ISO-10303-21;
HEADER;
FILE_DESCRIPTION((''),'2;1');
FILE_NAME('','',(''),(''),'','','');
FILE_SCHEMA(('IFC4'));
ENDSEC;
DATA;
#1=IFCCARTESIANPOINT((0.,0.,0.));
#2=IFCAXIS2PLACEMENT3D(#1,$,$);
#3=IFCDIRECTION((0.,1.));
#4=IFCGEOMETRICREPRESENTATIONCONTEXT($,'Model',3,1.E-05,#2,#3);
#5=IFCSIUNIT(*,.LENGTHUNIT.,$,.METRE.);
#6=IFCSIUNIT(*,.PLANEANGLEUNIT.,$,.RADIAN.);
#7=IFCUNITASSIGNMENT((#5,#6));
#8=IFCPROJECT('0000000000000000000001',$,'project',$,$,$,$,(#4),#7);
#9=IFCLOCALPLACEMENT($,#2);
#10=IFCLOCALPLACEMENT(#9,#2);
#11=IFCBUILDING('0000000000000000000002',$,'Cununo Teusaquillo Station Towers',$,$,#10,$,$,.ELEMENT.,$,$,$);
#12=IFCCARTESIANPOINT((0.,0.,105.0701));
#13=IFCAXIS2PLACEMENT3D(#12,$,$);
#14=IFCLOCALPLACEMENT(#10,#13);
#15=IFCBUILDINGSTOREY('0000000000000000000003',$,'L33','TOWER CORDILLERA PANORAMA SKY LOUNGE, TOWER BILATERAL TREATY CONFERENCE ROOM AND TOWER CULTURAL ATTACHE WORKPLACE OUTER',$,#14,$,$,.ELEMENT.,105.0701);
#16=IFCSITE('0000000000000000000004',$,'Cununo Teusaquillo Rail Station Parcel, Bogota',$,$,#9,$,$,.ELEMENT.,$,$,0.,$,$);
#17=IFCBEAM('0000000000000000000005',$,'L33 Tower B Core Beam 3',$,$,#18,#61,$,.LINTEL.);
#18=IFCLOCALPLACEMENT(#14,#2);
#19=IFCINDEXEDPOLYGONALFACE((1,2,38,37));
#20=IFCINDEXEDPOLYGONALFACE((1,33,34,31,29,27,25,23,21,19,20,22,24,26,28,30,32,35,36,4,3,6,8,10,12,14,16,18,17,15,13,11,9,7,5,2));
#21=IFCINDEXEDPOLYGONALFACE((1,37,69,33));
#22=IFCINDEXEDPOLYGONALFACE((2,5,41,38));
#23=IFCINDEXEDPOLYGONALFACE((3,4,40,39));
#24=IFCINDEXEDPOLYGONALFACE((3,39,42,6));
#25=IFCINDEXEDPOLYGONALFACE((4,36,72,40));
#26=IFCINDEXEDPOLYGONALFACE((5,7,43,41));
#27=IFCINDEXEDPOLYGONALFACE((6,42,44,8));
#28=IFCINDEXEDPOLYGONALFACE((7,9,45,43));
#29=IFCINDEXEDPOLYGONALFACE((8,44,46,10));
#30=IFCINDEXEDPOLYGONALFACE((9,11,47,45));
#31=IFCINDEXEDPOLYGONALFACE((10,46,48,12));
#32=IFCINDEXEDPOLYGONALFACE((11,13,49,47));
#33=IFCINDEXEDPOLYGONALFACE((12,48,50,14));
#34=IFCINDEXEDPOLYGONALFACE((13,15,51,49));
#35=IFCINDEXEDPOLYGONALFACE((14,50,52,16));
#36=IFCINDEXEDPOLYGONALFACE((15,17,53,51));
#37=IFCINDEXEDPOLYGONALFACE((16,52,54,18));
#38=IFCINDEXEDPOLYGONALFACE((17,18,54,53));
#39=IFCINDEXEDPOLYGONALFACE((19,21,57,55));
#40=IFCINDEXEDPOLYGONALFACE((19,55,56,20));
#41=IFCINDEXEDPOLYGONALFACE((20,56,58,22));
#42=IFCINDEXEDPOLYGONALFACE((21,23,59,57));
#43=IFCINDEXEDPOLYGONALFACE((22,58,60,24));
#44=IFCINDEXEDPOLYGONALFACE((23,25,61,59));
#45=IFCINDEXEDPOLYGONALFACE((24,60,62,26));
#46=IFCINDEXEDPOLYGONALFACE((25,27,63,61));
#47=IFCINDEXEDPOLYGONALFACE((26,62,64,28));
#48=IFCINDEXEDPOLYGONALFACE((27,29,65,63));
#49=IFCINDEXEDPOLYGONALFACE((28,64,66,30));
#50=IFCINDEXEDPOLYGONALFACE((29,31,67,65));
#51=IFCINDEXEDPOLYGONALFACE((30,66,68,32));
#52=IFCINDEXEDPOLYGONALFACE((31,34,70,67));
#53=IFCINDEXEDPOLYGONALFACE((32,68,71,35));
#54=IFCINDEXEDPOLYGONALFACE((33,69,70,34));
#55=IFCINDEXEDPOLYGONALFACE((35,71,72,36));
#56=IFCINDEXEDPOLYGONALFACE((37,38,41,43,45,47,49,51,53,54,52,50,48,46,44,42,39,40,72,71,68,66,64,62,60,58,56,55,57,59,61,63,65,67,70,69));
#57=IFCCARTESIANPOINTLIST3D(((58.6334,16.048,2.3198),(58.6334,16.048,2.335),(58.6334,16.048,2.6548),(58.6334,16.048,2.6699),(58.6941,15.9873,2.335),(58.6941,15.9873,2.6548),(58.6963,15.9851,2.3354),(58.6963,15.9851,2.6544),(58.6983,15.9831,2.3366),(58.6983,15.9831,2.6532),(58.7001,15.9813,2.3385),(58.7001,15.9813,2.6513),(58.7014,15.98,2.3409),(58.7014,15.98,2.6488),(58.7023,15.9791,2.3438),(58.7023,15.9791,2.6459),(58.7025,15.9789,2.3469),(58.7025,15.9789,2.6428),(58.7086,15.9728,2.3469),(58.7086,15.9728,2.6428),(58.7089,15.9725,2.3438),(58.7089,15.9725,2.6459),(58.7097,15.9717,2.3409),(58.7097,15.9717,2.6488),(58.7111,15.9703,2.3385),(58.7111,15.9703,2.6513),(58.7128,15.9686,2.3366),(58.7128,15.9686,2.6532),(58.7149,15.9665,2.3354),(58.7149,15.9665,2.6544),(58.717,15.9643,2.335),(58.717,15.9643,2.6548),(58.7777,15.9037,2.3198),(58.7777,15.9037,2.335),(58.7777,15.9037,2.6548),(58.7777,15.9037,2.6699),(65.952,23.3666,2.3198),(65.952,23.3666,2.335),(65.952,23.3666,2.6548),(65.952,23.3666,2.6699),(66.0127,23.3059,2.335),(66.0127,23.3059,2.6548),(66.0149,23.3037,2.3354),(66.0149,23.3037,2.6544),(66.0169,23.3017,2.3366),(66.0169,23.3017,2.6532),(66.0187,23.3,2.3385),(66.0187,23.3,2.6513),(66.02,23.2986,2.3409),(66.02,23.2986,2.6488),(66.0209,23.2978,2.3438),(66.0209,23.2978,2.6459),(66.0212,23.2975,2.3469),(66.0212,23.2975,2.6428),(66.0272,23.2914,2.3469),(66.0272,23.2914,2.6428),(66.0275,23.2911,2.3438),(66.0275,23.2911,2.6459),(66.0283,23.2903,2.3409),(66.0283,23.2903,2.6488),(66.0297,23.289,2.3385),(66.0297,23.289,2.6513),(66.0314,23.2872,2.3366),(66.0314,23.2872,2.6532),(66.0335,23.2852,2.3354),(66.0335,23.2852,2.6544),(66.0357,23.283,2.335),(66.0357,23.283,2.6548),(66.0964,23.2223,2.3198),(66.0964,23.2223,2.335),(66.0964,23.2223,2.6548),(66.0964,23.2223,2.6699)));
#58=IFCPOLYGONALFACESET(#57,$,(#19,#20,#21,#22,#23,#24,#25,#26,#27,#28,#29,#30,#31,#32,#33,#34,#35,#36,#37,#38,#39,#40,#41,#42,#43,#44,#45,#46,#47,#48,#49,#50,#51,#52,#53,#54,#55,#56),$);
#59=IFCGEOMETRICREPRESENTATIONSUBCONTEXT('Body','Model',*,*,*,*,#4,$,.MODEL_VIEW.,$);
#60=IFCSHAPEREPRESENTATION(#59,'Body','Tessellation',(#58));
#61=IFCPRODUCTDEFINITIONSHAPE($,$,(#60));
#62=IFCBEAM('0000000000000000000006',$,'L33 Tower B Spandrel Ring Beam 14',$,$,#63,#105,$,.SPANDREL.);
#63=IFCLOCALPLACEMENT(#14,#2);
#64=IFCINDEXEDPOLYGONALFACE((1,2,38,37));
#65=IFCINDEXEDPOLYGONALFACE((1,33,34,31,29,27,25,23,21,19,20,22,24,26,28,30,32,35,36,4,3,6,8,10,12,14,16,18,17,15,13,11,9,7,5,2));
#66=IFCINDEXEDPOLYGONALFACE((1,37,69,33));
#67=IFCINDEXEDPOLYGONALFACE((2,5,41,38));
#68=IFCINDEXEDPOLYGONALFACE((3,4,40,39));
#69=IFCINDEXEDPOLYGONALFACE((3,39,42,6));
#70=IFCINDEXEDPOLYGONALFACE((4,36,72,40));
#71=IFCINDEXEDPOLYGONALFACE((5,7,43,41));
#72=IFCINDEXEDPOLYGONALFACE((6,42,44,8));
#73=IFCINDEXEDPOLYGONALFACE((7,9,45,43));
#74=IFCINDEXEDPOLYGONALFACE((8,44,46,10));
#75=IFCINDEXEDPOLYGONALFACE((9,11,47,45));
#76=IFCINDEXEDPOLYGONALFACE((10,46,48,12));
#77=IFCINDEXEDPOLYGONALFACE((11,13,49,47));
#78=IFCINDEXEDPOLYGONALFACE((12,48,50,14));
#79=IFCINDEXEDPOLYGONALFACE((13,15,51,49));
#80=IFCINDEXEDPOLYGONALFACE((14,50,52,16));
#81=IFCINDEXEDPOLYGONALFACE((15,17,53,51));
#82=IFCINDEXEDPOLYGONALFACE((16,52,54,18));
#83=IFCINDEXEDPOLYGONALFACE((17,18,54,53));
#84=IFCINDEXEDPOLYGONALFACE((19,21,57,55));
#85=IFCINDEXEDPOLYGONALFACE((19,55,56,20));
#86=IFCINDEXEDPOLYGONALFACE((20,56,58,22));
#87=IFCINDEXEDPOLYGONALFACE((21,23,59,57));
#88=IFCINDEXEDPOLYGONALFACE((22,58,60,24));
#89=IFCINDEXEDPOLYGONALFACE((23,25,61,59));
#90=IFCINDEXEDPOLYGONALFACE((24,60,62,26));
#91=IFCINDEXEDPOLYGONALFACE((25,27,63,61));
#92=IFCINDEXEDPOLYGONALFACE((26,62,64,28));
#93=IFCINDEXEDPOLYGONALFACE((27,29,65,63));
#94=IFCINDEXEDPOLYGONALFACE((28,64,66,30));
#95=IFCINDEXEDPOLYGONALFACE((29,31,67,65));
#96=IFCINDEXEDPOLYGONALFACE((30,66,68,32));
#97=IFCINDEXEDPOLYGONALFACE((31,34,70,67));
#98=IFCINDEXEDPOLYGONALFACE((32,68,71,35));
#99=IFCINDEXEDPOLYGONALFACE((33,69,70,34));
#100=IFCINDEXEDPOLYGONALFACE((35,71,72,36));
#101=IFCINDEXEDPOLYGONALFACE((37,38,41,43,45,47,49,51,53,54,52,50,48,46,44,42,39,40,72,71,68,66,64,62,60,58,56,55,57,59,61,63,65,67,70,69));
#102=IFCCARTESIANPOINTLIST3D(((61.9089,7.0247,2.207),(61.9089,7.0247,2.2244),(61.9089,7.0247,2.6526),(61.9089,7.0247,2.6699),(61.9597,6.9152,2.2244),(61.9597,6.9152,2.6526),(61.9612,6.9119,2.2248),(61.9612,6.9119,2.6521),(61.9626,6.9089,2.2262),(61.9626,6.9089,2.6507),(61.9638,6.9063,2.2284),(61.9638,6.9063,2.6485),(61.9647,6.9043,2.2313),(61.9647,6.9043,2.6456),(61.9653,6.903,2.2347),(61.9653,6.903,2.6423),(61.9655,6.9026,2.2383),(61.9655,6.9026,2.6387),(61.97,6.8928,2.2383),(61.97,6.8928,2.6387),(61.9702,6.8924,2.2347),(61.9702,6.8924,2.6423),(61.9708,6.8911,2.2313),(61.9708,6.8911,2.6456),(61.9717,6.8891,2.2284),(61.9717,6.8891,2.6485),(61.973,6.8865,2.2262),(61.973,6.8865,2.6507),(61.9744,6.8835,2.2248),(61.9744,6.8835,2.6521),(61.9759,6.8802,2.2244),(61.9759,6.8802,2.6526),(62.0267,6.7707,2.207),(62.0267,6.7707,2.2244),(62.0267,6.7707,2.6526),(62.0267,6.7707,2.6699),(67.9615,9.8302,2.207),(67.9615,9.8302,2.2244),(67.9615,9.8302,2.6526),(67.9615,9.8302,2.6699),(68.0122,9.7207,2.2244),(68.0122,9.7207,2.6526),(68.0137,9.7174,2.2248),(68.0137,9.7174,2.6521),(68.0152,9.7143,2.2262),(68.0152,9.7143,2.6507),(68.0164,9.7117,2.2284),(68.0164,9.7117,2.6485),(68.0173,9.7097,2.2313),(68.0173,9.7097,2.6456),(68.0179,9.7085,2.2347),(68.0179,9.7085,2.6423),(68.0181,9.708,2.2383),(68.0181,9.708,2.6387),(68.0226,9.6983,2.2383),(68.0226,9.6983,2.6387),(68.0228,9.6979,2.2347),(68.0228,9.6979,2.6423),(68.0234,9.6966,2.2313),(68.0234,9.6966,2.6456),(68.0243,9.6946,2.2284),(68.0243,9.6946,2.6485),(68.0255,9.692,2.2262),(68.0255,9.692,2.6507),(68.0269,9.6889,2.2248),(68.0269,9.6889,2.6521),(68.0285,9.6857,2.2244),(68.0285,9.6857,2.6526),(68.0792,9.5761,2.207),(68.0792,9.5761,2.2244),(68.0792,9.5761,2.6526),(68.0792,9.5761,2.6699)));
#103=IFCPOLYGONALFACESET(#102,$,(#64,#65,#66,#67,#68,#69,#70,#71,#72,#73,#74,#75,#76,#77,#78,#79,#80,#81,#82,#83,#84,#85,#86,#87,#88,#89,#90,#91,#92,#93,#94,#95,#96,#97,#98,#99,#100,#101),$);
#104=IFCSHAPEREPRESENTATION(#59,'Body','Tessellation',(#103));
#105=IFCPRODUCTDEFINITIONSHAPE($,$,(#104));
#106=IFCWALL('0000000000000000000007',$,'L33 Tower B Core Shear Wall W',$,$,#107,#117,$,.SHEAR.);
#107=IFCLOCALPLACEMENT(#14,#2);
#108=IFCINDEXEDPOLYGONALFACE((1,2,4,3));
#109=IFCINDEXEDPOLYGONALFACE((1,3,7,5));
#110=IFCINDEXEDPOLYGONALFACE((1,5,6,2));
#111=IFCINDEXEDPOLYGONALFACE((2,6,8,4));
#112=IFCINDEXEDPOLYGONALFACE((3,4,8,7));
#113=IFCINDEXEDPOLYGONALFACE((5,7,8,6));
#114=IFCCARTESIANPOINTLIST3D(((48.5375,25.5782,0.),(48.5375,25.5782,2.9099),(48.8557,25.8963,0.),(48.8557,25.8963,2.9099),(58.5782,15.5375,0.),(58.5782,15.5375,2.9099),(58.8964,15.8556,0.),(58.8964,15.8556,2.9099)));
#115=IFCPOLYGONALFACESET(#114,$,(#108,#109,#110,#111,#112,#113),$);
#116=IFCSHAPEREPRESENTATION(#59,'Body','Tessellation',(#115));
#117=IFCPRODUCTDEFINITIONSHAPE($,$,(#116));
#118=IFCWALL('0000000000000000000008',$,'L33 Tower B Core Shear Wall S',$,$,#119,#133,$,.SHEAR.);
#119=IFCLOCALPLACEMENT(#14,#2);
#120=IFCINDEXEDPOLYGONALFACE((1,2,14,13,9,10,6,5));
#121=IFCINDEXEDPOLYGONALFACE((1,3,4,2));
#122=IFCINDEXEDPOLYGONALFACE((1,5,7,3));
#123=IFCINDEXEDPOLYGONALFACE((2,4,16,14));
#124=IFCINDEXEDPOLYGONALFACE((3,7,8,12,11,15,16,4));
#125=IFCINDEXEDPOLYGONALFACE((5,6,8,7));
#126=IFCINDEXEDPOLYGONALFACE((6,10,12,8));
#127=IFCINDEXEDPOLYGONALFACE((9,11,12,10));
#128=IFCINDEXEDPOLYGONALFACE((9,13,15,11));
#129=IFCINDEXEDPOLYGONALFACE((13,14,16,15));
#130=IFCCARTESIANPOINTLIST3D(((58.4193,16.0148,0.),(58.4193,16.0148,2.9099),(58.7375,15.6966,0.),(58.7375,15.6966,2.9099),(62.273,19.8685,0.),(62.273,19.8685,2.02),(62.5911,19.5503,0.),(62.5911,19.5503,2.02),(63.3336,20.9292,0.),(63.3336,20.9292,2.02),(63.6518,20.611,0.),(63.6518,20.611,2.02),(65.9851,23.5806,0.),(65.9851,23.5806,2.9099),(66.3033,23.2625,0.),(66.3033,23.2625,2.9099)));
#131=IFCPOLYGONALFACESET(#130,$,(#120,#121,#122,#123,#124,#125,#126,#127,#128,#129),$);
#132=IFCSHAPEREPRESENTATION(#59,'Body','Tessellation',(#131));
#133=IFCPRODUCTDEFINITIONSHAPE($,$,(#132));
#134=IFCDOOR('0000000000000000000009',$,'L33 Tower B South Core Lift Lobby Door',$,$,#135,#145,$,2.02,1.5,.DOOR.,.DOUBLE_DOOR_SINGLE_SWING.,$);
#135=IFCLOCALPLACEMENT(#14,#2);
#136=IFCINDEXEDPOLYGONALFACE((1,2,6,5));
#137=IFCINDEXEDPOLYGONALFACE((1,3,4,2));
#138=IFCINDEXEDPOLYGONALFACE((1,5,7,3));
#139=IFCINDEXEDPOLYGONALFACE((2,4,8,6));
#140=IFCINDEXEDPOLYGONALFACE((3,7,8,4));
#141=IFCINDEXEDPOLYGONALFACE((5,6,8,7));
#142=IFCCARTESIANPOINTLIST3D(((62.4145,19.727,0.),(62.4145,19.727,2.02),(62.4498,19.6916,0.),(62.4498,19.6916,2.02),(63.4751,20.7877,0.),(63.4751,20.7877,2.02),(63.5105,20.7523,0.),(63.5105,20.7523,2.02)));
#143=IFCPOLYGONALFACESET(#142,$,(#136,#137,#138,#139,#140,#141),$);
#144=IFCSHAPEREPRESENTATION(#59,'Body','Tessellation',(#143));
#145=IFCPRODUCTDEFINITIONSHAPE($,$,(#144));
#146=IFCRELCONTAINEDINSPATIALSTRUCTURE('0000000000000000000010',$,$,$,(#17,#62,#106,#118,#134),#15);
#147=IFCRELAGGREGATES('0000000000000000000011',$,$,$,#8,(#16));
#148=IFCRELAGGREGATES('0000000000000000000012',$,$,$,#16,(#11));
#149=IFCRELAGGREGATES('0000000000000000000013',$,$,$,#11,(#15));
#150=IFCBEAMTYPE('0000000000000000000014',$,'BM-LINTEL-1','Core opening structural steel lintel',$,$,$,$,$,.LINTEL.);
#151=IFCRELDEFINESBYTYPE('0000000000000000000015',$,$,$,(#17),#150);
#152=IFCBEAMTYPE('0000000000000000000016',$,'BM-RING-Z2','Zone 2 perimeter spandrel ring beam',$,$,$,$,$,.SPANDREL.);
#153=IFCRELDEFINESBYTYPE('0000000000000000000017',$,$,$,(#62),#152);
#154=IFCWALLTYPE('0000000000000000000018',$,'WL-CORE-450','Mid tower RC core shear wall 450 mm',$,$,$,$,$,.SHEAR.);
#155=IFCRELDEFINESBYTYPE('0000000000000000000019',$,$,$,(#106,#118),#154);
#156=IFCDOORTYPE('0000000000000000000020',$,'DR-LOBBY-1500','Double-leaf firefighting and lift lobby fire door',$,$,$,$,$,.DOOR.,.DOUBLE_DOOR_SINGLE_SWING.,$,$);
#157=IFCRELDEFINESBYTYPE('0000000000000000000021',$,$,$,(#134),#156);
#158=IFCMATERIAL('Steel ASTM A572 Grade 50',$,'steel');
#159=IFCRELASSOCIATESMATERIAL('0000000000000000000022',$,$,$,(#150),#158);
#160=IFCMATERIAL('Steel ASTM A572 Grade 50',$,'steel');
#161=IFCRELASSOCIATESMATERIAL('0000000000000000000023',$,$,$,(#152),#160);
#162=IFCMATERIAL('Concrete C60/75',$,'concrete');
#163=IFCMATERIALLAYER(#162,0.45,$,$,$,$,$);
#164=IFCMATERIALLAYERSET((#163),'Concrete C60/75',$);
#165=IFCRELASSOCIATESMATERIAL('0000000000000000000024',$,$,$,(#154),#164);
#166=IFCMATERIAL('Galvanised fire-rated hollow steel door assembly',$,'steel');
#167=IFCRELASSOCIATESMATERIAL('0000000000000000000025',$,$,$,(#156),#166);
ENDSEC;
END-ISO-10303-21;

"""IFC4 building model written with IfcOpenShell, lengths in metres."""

from ifc_helpers import new_model, si_unit, direction, frame, frame_2d, origin, origin_2d, place, context, subcontext, project, spatial, rectangle, i_section, extrude, source, transform, mapped, material, layer, layer_set, material_profile, profile_set, type_object, element, fill, save


model = new_model("IFC4")

# Units and contexts
model_context = context("Model", 3, precision=1e-05, world=origin(), true_north=direction((0.0, 1.0)))
body_context = subcontext(model_context, "Body", "Model", "MODEL_VIEW")
ifc_project = project(units=[si_unit("LENGTHUNIT", "METRE"), si_unit("PLANEANGLEUNIT", "RADIAN")], contexts=[model_context])

# Site, building, storey
site_placement = place(None, origin())
site = spatial("IfcSite", under=ifc_project, at=site_placement, Name="Cununo Teusaquillo Rail Station Parcel, Bogota", CompositionType="ELEMENT", RefElevation=0.0)
building_placement = place(site_placement, origin())
building = spatial("IfcBuilding", under=site, at=building_placement, Name="Cununo Teusaquillo Station Towers", CompositionType="ELEMENT")
storey_placement = place(building_placement, frame((0.0, 0.0, 105.0701)))
storey = spatial("IfcBuildingStorey", under=building, at=storey_placement, Name="L33", Description="TOWER CORDILLERA PANORAMA SKY LOUNGE, TOWER BILATERAL TREATY CONFERENCE ROOM AND TOWER CULTURAL ATTACHE WORKPLACE OUTER", CompositionType="ELEMENT", Elevation=105.0701)

# Beams
ifc_material_1 = material(Name="Steel ASTM A572 Grade 50", Category="steel")
ifc_material_profile_1 = material_profile(ifc_material_1, i_section(OverallWidth=0.2041, OverallDepth=0.3501, WebThickness=0.0085, FlangeThickness=0.0151, FilletRadius=0.012, at=origin_2d()), Name="W14X48")
ifc_profile_set_1 = profile_set([ifc_material_profile_1], Name="Steel ASTM A572 Grade 50")
beam_type_1 = type_object("IfcBeamType", Name="BM-LINTEL-1", Description="Core opening structural steel lintel", PredefinedType="LINTEL", material=ifc_profile_set_1)
beam_1_placement = place(storey_placement, frame((58.7056, 15.9758, 2.4949), z_axis=(0.707107, 0.707107, 0.0), x_axis=(-0.707107, 0.707107, 0.0)))
element("IfcBeam", 1, at=beam_1_placement, inside=storey, type_object=beam_type_1, Name="L33 Tower B Core Beam 3", PredefinedType="LINTEL", context=body_context, shape_type="SweptSolid", body=[
    extrude(i_section(OverallWidth=0.2041, OverallDepth=0.3501, WebThickness=0.0085, FlangeThickness=0.0151, FilletRadius=0.012, at=origin_2d()), origin(), (0.0, 0.0, 1.0), 10.3501),
])
ifc_material_2 = material(Name="Steel ASTM A572 Grade 50", Category="steel")
ifc_material_profile_2 = material_profile(ifc_material_2, i_section(OverallWidth=0.28, OverallDepth=0.4629, WebThickness=0.0107, FlangeThickness=0.0173, FilletRadius=0.0139, at=origin_2d()), Name="W18X76")
ifc_profile_set_2 = profile_set([ifc_material_profile_2], Name="Steel ASTM A572 Grade 50")
beam_type_2 = type_object("IfcBeamType", Name="BM-RING-Z2", Description="Zone 2 perimeter spandrel ring beam", PredefinedType="SPANDREL", material=ifc_profile_set_2)
beam_2_placement = place(storey_placement, frame((61.9678, 6.8977, 2.4385), z_axis=(0.907276, 0.420536, 0.0), x_axis=(-0.420536, 0.907276, 0.0)))
element("IfcBeam", 2, at=beam_2_placement, inside=storey, type_object=beam_type_2, Name="L33 Tower B Spandrel Ring Beam 14", PredefinedType="SPANDREL", context=body_context, shape_type="SweptSolid", body=[
    extrude(i_section(OverallWidth=0.28, OverallDepth=0.4629, WebThickness=0.0107, FlangeThickness=0.0173, FilletRadius=0.0139, at=origin_2d()), origin(), (0.0, 0.0, 1.0), 6.6711),
])

# Wall
ifc_material_3 = material(Name="Concrete C60/75", Category="concrete")
ifc_layer_1 = layer(ifc_material_3, 0.45)
ifc_layer_set_1 = layer_set([ifc_layer_1], Name="Concrete C60/75")
wall_type_1 = type_object("IfcWallType", Name="WL-CORE-450", Description="Mid tower RC core shear wall 450 mm", PredefinedType="SHEAR", material=ifc_layer_set_1)
wall_1_placement = place(storey_placement, frame((58.7373, 15.6965, 0.0), z_axis=(0.0, 0.0, 1.0), x_axis=(-0.707107, 0.707107, 0.0)))
element("IfcWall", 3, at=wall_1_placement, inside=storey, type_object=wall_type_1, Name="L33 Tower B Core Shear Wall W", PredefinedType="SHEAR", context=body_context, shape_type="SweptSolid", body=[
    extrude(rectangle(XDim=14.1997, YDim=0.45, at=frame_2d((7.0999, 0.0))), origin(), (0.0, 0.0, 1.0), 2.9099),
])

# Wall, opening, door
wall_2_placement = place(storey_placement, frame((58.5784, 15.8557, 0.0), z_axis=(0.0, 0.0, 1.0), x_axis=(0.707107, 0.707107, 0.0)))
wall_2 = element("IfcWall", 4, at=wall_2_placement, inside=storey, type_object=wall_type_1, Name="L33 Tower B Core Shear Wall S", PredefinedType="SHEAR", context=body_context, shape_type="SweptSolid", body=[
    extrude(rectangle(XDim=10.6997, YDim=0.45, at=frame_2d((5.3499, 0.0))), origin(), (0.0, 0.0, 1.0), 2.9099),
])
shared_shape_1 = source(origin(), body_context, "Body", "SweptSolid", [
    extrude(rectangle(XDim=1.5, YDim=2.02, at=frame_2d((0.75, 1.01))), frame((0.0, 0.2349, 0.0), z_axis=(0.0, -1.0, 0.0), x_axis=(1.0, 0.0, 0.0)), (0.0, 0.0, 1.0), 0.47),
])
opening_1_placement = place(wall_2_placement, frame((5.45, 0.0, 0.0)))
opening_1 = element("IfcOpeningElement", 5, at=opening_1_placement, cuts=wall_2, PredefinedType="OPENING", context=body_context, shape_type="MappedRepresentation", body=[
    mapped(shared_shape_1, transform((0.0, 0.0, 0.0), x_axis=(1.0, 0.0, 0.0), y_axis=(0.0, 1.0, 0.0), z_axis=(0.0, 0.0, 1.0), scale=1.0)),
])
ifc_material_4 = material(Name="Galvanised fire-rated hollow steel door assembly", Category="steel")
door_type = type_object("IfcDoorType", Name="DR-LOBBY-1500", Description="Double-leaf firefighting and lift lobby fire door", OperationType="DOUBLE_DOOR_SINGLE_SWING", PredefinedType="DOOR", material=ifc_material_4)
shared_shape_2 = source(origin(), body_context, "Body", "SweptSolid", [
    extrude(rectangle(XDim=1.5, YDim=2.02, at=frame_2d((0.75, 1.01))), frame((0.0, 0.0249, 0.0), z_axis=(0.0, -1.0, 0.0), x_axis=(1.0, 0.0, 0.0)), (0.0, 0.0, 1.0), 0.05),
])
door_placement = place(opening_1_placement, origin())
door = element("IfcDoor", 6, at=door_placement, inside=storey, type_object=door_type, Name="L33 Tower B South Core Lift Lobby Door", OperationType="DOUBLE_DOOR_SINGLE_SWING", OverallHeight=2.02, OverallWidth=1.5, PredefinedType="DOOR", context=body_context, shape_type="MappedRepresentation", body=[
    mapped(shared_shape_2, transform((0.0, 0.0, 0.0), x_axis=(1.0, 0.0, 0.0), y_axis=(0.0, 1.0, 0.0), z_axis=(0.0, 0.0, 1.0), scale=1.0)),
])
fill(opening_1, door)

save(model, "model.ifc")
